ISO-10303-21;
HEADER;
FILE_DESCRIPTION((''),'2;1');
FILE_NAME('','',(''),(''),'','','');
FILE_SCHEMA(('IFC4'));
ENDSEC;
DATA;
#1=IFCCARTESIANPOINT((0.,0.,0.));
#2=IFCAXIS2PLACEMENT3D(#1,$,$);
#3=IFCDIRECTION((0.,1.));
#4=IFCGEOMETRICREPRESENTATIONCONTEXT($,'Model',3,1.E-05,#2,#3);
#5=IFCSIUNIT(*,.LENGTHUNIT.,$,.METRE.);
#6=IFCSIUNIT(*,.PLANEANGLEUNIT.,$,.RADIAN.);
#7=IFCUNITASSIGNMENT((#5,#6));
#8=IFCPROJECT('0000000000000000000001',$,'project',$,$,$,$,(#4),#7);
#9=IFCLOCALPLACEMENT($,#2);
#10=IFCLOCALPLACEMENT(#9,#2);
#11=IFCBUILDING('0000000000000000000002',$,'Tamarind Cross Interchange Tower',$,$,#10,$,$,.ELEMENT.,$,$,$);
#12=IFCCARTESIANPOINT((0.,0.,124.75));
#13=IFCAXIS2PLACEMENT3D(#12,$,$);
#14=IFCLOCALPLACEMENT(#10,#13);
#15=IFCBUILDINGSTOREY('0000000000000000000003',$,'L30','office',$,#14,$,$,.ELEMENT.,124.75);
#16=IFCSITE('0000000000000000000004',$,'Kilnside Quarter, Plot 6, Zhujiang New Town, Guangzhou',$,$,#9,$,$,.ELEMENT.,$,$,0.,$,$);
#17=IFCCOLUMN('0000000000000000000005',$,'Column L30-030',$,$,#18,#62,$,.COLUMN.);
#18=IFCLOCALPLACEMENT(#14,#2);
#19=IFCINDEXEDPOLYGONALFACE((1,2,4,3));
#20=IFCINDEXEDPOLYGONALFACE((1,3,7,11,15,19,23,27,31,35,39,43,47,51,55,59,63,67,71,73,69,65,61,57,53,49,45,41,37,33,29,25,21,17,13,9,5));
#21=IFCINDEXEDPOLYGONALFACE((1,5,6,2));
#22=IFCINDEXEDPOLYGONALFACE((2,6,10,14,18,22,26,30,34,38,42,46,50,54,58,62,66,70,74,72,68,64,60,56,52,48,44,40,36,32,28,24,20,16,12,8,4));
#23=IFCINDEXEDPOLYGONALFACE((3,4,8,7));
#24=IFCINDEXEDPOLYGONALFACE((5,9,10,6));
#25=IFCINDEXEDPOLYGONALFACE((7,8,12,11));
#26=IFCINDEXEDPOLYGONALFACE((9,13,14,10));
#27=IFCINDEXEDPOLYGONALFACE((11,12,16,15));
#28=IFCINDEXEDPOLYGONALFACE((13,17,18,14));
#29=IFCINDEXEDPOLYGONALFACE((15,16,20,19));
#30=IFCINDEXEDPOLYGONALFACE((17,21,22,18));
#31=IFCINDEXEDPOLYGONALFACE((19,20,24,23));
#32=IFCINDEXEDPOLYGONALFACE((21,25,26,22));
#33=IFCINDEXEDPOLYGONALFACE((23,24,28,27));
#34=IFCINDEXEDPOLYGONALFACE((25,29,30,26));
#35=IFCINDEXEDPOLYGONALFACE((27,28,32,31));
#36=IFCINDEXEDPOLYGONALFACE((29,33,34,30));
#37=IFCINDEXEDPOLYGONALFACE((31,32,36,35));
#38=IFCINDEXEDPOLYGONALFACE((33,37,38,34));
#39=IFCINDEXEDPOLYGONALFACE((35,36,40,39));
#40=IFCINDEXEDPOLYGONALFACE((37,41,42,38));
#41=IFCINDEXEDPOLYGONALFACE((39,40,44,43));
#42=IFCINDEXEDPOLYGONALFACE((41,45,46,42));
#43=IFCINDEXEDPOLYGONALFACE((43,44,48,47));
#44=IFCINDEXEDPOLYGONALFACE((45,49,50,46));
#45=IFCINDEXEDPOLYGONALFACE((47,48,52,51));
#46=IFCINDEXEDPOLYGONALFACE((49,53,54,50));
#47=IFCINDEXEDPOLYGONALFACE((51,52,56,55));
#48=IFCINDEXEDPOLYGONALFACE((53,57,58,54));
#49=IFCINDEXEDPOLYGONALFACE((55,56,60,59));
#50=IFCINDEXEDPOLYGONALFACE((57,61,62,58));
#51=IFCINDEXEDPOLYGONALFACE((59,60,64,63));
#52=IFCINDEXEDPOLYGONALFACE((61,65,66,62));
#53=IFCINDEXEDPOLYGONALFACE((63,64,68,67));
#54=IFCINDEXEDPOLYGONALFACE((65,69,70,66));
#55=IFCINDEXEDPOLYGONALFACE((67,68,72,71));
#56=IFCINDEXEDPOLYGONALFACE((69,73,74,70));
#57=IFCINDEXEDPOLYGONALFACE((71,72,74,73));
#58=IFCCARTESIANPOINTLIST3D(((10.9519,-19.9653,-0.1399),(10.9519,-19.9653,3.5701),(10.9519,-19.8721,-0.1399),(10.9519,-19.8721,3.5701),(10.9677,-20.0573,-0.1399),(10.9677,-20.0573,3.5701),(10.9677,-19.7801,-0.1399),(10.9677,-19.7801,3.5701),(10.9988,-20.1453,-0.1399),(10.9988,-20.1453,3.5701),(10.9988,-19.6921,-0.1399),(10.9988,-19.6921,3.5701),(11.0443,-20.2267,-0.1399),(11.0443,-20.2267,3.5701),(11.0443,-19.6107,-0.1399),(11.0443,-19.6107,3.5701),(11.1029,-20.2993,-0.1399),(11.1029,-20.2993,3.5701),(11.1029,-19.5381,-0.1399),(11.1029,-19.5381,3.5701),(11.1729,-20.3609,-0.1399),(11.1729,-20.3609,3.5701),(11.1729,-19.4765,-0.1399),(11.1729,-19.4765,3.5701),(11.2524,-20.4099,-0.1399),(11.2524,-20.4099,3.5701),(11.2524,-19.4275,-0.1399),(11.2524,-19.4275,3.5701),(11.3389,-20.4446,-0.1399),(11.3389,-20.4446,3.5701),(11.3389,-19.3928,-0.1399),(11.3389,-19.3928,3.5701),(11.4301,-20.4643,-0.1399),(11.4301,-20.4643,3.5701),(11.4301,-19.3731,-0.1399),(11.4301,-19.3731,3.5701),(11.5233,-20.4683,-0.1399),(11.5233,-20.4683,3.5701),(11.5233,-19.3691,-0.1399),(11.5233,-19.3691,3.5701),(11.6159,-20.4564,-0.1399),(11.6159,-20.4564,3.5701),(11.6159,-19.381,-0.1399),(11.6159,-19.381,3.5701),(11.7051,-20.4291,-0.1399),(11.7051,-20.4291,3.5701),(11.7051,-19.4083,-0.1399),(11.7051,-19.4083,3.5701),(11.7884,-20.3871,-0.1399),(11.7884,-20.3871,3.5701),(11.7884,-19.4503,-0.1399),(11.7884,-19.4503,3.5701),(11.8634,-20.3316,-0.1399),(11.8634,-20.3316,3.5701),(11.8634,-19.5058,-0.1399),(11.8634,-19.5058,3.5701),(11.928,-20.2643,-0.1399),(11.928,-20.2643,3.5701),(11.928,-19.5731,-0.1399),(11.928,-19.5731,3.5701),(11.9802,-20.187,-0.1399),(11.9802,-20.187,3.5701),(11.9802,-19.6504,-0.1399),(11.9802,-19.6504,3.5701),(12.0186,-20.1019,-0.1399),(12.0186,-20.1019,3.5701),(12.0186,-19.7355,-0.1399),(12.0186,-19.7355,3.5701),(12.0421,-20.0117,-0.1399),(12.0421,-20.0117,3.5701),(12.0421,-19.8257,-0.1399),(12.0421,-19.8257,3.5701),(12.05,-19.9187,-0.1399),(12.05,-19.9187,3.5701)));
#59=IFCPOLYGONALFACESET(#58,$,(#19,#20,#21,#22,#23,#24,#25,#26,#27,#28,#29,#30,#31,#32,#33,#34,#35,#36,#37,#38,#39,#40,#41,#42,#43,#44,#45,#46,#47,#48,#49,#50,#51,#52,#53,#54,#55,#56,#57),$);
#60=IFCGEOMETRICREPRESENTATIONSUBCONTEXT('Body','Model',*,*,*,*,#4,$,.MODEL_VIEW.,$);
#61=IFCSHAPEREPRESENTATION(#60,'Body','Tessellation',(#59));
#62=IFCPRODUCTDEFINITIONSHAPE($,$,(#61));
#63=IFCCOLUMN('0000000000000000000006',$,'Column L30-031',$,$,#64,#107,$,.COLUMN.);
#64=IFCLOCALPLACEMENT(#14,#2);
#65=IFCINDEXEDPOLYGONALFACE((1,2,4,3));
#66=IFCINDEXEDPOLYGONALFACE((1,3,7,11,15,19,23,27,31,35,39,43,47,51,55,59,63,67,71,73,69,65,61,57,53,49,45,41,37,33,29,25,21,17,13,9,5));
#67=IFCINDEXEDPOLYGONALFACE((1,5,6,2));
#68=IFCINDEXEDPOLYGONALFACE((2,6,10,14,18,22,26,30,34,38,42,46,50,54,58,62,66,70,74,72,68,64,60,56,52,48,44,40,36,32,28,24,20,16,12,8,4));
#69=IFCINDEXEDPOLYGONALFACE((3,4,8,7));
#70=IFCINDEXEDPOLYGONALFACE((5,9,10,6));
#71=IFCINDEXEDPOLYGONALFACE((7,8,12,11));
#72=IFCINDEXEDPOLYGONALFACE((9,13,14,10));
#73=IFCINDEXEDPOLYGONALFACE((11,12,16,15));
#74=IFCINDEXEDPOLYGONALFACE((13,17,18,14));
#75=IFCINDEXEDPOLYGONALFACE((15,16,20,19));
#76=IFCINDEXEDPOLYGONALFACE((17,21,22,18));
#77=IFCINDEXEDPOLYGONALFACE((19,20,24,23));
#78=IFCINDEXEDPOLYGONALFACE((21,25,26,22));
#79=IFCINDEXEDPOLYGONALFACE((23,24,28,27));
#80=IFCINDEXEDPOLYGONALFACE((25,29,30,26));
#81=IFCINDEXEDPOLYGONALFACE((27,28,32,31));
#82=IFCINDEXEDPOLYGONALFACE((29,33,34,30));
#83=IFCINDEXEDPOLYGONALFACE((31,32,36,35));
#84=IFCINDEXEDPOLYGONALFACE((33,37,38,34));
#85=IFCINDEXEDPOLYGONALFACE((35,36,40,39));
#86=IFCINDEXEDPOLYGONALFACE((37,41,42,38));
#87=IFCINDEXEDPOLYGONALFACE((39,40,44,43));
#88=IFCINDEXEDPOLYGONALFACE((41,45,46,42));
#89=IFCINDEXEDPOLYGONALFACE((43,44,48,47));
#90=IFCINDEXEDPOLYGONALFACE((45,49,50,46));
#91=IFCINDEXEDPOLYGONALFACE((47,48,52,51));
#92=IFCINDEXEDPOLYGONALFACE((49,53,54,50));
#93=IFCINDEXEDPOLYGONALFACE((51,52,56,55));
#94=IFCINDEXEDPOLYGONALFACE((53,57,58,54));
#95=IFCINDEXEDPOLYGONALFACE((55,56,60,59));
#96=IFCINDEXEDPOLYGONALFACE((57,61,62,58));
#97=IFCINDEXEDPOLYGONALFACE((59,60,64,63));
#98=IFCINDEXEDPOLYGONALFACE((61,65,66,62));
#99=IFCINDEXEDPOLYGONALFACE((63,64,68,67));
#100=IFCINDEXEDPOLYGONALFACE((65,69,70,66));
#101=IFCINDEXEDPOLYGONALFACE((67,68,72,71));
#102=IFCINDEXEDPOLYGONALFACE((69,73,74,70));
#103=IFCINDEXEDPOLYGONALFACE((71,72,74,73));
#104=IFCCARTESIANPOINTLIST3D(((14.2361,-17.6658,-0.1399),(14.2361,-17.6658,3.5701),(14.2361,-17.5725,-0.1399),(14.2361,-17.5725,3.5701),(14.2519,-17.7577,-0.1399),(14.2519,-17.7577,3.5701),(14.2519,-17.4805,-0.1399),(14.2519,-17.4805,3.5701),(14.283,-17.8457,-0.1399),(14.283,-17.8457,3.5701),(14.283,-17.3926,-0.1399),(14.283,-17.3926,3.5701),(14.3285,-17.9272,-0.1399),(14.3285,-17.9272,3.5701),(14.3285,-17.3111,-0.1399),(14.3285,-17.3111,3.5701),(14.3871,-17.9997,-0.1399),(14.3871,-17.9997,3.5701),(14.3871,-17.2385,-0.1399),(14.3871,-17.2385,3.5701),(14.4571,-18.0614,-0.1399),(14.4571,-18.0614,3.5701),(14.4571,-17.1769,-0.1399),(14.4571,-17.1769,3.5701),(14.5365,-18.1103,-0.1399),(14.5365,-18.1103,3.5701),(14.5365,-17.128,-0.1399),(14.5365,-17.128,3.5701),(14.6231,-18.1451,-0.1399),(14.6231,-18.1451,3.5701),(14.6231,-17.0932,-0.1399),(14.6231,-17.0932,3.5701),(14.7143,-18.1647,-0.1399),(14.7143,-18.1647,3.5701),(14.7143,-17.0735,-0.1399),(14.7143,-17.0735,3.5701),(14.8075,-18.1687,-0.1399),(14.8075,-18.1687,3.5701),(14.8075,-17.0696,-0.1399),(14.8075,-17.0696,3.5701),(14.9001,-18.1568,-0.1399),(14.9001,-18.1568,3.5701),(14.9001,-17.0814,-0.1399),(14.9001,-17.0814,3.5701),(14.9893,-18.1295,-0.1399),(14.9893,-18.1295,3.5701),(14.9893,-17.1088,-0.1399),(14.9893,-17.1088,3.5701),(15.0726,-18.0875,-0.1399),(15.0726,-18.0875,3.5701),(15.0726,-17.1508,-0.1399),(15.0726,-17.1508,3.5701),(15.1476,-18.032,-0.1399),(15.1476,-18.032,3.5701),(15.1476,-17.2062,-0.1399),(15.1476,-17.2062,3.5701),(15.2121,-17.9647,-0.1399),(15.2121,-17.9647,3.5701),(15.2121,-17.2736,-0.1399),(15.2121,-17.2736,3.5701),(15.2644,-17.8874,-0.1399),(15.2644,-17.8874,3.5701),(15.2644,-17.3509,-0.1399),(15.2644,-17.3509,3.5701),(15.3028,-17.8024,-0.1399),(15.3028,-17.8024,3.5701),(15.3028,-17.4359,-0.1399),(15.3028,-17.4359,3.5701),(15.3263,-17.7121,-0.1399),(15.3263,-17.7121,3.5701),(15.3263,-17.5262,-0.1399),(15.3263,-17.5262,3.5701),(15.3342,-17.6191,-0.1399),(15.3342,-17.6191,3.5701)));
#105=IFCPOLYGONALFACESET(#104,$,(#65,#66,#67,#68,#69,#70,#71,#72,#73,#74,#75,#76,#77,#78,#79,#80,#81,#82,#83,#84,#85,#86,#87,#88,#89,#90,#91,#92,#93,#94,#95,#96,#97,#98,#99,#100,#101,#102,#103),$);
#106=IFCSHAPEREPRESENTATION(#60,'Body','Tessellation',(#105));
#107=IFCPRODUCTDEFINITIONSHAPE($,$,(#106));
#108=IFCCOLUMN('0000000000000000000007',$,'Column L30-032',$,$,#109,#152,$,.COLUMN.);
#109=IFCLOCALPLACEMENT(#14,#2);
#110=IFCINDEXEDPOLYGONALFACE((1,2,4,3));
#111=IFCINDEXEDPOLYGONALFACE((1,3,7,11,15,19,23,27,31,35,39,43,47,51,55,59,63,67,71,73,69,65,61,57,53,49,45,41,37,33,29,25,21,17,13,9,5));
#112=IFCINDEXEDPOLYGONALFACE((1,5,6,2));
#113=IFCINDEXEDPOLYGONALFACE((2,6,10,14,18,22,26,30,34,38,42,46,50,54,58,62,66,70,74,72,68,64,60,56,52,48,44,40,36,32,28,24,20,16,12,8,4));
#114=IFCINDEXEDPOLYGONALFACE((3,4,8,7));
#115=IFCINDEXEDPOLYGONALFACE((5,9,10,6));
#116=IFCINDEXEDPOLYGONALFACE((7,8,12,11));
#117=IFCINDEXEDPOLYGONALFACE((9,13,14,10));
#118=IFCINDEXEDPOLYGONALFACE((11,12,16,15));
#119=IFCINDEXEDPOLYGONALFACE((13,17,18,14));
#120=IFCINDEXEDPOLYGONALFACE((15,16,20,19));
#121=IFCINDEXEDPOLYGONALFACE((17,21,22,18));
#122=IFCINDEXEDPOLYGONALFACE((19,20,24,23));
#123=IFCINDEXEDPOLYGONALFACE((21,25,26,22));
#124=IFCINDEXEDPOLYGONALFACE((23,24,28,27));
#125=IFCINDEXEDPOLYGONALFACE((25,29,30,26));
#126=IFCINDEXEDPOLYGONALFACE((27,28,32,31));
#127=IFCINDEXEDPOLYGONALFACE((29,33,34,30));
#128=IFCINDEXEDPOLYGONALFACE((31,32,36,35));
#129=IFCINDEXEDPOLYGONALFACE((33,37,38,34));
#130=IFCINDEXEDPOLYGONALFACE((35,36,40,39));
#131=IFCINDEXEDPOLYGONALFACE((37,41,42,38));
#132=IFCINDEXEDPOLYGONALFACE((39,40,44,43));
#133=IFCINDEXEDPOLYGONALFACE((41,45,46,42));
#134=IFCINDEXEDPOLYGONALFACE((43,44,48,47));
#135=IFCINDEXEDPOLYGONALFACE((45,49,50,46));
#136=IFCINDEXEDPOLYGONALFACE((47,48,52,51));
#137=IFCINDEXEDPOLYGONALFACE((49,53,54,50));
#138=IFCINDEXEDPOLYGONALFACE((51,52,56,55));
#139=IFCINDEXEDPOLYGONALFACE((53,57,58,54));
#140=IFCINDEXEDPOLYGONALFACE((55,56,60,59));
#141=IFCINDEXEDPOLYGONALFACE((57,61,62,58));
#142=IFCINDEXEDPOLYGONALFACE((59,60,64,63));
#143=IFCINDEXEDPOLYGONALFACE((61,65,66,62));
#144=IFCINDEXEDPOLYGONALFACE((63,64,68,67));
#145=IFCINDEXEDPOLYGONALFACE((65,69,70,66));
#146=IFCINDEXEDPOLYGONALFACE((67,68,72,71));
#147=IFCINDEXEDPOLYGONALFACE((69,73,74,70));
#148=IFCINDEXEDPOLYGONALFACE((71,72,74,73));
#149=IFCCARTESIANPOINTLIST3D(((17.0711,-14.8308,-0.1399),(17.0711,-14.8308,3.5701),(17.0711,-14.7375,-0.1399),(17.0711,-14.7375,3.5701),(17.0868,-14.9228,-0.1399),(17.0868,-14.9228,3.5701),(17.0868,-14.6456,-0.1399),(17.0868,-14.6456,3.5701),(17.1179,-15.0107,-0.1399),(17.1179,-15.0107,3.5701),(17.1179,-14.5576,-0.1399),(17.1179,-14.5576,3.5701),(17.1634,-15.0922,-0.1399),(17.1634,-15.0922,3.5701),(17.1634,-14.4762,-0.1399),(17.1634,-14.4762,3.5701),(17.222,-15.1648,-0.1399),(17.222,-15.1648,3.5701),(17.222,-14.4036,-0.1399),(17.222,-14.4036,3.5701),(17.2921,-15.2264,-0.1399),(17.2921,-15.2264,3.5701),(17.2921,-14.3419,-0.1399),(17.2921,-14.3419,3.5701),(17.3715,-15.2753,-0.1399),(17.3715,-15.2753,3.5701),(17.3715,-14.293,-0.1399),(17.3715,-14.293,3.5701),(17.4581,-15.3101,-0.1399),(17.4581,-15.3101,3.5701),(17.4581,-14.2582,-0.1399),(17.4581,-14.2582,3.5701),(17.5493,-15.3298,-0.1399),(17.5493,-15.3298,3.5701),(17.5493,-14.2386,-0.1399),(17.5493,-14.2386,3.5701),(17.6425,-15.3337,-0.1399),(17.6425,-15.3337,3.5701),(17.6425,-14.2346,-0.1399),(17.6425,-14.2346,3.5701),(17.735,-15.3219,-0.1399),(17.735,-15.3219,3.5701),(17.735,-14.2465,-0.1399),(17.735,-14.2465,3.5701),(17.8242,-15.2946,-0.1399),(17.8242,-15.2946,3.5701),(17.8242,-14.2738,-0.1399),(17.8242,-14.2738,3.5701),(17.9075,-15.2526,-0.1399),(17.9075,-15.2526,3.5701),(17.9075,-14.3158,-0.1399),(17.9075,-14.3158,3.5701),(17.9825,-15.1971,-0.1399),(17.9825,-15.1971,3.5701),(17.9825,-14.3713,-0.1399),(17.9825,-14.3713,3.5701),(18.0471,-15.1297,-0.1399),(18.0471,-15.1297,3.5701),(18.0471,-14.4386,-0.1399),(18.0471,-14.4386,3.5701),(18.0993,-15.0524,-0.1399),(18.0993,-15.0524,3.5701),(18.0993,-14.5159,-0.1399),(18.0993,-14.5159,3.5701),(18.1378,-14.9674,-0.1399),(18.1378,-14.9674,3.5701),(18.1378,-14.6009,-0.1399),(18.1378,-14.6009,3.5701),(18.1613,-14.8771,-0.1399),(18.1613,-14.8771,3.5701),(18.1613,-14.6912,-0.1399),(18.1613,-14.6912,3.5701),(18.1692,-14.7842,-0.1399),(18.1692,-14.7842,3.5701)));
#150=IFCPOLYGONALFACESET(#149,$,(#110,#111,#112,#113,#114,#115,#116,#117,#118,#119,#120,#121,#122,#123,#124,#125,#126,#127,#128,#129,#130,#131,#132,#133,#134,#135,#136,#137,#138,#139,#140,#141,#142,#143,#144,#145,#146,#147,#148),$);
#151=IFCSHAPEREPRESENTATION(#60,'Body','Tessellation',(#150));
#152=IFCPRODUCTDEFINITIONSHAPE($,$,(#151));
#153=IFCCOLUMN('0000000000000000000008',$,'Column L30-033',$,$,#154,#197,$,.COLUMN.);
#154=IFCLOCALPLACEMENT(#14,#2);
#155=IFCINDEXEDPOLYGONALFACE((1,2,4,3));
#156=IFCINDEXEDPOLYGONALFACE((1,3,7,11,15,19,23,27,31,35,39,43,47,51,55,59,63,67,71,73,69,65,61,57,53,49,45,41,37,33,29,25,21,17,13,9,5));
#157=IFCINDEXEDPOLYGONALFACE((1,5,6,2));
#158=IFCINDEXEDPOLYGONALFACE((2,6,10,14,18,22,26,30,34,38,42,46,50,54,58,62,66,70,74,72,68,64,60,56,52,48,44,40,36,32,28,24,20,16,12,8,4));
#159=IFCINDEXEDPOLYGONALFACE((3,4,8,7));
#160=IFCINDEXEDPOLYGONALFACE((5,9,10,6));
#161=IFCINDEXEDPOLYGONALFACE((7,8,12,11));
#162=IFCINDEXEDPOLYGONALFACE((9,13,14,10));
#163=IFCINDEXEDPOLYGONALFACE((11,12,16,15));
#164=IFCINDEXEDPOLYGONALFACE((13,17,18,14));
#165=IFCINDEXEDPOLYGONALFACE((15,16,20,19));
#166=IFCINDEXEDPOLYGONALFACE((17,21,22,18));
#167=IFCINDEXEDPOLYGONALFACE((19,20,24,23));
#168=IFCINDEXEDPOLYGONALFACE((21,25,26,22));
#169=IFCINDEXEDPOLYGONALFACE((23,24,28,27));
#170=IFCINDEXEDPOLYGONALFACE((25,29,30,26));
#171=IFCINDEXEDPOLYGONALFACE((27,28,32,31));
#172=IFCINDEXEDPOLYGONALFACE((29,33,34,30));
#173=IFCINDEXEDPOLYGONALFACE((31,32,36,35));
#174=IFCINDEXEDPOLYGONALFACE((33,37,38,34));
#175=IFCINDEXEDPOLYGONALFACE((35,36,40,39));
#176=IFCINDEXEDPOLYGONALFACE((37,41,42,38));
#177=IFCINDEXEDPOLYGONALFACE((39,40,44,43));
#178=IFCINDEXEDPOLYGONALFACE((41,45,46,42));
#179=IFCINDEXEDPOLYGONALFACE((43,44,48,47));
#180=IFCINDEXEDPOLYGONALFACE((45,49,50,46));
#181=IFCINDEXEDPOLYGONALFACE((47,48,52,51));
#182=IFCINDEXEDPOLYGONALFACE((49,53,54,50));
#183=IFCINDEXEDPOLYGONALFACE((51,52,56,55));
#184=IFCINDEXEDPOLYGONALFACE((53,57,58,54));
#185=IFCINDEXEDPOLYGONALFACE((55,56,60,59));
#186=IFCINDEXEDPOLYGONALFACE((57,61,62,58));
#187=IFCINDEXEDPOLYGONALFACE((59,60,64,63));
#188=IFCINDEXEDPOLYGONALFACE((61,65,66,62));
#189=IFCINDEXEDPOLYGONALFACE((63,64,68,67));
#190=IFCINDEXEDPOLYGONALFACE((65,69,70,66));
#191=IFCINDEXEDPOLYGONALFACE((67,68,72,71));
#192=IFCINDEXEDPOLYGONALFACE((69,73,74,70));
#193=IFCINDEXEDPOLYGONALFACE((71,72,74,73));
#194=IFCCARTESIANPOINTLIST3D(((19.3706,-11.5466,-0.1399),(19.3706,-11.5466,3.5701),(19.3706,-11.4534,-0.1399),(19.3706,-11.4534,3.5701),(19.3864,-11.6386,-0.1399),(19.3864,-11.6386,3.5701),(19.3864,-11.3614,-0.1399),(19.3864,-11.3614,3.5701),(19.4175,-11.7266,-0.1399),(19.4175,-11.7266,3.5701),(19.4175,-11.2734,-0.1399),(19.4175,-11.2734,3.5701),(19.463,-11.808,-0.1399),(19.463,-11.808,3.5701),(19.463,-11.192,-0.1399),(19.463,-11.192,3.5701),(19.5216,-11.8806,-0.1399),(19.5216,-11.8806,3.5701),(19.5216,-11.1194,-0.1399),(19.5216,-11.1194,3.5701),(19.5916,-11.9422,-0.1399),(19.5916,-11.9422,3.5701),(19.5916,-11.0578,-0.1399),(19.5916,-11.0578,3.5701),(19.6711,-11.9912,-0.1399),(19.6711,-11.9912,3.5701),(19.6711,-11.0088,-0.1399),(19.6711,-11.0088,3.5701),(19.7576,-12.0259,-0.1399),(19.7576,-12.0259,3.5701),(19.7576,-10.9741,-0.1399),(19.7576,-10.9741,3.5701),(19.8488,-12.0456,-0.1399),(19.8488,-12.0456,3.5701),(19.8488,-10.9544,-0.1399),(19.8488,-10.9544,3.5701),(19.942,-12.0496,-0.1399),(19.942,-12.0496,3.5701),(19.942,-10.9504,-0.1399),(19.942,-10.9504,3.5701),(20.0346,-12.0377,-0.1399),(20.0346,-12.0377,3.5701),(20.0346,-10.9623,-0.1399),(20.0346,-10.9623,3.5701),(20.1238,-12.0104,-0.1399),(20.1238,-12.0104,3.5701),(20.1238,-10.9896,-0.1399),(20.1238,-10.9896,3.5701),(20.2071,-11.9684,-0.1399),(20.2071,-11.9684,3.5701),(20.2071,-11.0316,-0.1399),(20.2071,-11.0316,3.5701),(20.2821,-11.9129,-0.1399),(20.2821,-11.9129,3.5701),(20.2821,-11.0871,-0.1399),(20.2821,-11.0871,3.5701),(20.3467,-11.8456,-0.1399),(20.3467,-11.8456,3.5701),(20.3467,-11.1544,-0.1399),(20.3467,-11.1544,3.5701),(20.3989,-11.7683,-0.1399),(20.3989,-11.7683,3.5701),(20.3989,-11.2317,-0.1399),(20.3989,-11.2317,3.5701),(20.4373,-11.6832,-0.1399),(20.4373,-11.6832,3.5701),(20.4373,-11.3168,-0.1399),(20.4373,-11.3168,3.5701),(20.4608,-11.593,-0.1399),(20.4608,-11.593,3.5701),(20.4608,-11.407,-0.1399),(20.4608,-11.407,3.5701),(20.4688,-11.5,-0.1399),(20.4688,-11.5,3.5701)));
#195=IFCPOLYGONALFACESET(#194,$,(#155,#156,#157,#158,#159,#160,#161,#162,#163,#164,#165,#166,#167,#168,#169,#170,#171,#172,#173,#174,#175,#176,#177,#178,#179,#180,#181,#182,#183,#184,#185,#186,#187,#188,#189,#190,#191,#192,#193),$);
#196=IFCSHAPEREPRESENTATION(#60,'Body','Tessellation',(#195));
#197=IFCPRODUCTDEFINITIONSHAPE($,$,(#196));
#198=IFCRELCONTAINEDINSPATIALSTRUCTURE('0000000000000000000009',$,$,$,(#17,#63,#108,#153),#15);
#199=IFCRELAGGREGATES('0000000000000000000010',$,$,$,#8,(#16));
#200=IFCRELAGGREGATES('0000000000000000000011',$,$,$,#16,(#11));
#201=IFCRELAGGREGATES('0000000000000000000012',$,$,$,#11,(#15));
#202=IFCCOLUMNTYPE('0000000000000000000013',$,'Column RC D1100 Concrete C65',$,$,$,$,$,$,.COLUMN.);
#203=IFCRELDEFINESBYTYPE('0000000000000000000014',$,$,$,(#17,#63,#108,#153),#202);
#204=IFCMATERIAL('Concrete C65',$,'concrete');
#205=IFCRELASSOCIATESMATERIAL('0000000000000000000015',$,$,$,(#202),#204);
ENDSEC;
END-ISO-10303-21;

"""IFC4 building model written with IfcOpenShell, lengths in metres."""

from ifc_helpers import new_model, si_unit, direction, frame, origin, origin_2d, place, context, subcontext, project, spatial, circle, extrude, material, material_profile, profile_set, type_object, element, save


model = new_model("IFC4")

# Units and contexts
model_context = context("Model", 3, precision=1e-05, world=origin(), true_north=direction((0.0, 1.0)))
body_context = subcontext(model_context, "Body", "Model", "MODEL_VIEW")
ifc_project = project(units=[si_unit("LENGTHUNIT", "METRE"), si_unit("PLANEANGLEUNIT", "RADIAN")], contexts=[model_context])

# Site, building, storey
site_placement = place(None, origin())
site = spatial("IfcSite", under=ifc_project, at=site_placement, Name="Kilnside Quarter, Plot 6, Zhujiang New Town, Guangzhou", CompositionType="ELEMENT", RefElevation=0.0)
building_placement = place(site_placement, origin())
building = spatial("IfcBuilding", under=site, at=building_placement, Name="Tamarind Cross Interchange Tower", CompositionType="ELEMENT")
storey_placement = place(building_placement, frame((0.0, 0.0, 124.75)))
storey = spatial("IfcBuildingStorey", under=building, at=storey_placement, Name="L30", Description="office", CompositionType="ELEMENT", Elevation=124.75)

# Columns
ifc_material_1 = material(Name="Concrete C65", Category="concrete")
ifc_material_profile_1 = material_profile(ifc_material_1, circle(Radius=0.55, at=origin_2d()), Name="RC D1100")
ifc_profile_set_1 = profile_set([ifc_material_profile_1], Name="Concrete C65")
column_type = type_object("IfcColumnType", Name="Column RC D1100 Concrete C65", PredefinedType="COLUMN", material=ifc_profile_set_1)
for number, where, z_axis, x_axis, name in (
    (1, (11.5, -19.9187, -0.1399), (0.0, 0.0, 1.0), (1.0, 0.0, 0.0), "Column L30-030"),
    (2, (14.7842, -17.6191, -0.1399), (0.0, 0.0, 1.0), (1.0, 0.0, 0.0), "Column L30-031"),
    (3, (17.6191, -14.7842, -0.1399), (0.0, 0.0, 1.0), (1.0, 0.0, 0.0), "Column L30-032"),
    (4, (19.9187, -11.5, -0.1399), (0.0, 0.0, 1.0), (1.0, 0.0, 0.0), "Column L30-033"),
):
    element("IfcColumn", number, at=place(storey_placement, frame(where, z_axis=z_axis, x_axis=x_axis)), inside=storey, type_object=column_type, Name=name, PredefinedType="COLUMN", context=body_context, shape_type="SweptSolid", body=[
        extrude(circle(Radius=0.55, at=origin_2d()), origin(), (0.0, 0.0, 1.0), 3.71),
    ])

save(model, "model.ifc")
